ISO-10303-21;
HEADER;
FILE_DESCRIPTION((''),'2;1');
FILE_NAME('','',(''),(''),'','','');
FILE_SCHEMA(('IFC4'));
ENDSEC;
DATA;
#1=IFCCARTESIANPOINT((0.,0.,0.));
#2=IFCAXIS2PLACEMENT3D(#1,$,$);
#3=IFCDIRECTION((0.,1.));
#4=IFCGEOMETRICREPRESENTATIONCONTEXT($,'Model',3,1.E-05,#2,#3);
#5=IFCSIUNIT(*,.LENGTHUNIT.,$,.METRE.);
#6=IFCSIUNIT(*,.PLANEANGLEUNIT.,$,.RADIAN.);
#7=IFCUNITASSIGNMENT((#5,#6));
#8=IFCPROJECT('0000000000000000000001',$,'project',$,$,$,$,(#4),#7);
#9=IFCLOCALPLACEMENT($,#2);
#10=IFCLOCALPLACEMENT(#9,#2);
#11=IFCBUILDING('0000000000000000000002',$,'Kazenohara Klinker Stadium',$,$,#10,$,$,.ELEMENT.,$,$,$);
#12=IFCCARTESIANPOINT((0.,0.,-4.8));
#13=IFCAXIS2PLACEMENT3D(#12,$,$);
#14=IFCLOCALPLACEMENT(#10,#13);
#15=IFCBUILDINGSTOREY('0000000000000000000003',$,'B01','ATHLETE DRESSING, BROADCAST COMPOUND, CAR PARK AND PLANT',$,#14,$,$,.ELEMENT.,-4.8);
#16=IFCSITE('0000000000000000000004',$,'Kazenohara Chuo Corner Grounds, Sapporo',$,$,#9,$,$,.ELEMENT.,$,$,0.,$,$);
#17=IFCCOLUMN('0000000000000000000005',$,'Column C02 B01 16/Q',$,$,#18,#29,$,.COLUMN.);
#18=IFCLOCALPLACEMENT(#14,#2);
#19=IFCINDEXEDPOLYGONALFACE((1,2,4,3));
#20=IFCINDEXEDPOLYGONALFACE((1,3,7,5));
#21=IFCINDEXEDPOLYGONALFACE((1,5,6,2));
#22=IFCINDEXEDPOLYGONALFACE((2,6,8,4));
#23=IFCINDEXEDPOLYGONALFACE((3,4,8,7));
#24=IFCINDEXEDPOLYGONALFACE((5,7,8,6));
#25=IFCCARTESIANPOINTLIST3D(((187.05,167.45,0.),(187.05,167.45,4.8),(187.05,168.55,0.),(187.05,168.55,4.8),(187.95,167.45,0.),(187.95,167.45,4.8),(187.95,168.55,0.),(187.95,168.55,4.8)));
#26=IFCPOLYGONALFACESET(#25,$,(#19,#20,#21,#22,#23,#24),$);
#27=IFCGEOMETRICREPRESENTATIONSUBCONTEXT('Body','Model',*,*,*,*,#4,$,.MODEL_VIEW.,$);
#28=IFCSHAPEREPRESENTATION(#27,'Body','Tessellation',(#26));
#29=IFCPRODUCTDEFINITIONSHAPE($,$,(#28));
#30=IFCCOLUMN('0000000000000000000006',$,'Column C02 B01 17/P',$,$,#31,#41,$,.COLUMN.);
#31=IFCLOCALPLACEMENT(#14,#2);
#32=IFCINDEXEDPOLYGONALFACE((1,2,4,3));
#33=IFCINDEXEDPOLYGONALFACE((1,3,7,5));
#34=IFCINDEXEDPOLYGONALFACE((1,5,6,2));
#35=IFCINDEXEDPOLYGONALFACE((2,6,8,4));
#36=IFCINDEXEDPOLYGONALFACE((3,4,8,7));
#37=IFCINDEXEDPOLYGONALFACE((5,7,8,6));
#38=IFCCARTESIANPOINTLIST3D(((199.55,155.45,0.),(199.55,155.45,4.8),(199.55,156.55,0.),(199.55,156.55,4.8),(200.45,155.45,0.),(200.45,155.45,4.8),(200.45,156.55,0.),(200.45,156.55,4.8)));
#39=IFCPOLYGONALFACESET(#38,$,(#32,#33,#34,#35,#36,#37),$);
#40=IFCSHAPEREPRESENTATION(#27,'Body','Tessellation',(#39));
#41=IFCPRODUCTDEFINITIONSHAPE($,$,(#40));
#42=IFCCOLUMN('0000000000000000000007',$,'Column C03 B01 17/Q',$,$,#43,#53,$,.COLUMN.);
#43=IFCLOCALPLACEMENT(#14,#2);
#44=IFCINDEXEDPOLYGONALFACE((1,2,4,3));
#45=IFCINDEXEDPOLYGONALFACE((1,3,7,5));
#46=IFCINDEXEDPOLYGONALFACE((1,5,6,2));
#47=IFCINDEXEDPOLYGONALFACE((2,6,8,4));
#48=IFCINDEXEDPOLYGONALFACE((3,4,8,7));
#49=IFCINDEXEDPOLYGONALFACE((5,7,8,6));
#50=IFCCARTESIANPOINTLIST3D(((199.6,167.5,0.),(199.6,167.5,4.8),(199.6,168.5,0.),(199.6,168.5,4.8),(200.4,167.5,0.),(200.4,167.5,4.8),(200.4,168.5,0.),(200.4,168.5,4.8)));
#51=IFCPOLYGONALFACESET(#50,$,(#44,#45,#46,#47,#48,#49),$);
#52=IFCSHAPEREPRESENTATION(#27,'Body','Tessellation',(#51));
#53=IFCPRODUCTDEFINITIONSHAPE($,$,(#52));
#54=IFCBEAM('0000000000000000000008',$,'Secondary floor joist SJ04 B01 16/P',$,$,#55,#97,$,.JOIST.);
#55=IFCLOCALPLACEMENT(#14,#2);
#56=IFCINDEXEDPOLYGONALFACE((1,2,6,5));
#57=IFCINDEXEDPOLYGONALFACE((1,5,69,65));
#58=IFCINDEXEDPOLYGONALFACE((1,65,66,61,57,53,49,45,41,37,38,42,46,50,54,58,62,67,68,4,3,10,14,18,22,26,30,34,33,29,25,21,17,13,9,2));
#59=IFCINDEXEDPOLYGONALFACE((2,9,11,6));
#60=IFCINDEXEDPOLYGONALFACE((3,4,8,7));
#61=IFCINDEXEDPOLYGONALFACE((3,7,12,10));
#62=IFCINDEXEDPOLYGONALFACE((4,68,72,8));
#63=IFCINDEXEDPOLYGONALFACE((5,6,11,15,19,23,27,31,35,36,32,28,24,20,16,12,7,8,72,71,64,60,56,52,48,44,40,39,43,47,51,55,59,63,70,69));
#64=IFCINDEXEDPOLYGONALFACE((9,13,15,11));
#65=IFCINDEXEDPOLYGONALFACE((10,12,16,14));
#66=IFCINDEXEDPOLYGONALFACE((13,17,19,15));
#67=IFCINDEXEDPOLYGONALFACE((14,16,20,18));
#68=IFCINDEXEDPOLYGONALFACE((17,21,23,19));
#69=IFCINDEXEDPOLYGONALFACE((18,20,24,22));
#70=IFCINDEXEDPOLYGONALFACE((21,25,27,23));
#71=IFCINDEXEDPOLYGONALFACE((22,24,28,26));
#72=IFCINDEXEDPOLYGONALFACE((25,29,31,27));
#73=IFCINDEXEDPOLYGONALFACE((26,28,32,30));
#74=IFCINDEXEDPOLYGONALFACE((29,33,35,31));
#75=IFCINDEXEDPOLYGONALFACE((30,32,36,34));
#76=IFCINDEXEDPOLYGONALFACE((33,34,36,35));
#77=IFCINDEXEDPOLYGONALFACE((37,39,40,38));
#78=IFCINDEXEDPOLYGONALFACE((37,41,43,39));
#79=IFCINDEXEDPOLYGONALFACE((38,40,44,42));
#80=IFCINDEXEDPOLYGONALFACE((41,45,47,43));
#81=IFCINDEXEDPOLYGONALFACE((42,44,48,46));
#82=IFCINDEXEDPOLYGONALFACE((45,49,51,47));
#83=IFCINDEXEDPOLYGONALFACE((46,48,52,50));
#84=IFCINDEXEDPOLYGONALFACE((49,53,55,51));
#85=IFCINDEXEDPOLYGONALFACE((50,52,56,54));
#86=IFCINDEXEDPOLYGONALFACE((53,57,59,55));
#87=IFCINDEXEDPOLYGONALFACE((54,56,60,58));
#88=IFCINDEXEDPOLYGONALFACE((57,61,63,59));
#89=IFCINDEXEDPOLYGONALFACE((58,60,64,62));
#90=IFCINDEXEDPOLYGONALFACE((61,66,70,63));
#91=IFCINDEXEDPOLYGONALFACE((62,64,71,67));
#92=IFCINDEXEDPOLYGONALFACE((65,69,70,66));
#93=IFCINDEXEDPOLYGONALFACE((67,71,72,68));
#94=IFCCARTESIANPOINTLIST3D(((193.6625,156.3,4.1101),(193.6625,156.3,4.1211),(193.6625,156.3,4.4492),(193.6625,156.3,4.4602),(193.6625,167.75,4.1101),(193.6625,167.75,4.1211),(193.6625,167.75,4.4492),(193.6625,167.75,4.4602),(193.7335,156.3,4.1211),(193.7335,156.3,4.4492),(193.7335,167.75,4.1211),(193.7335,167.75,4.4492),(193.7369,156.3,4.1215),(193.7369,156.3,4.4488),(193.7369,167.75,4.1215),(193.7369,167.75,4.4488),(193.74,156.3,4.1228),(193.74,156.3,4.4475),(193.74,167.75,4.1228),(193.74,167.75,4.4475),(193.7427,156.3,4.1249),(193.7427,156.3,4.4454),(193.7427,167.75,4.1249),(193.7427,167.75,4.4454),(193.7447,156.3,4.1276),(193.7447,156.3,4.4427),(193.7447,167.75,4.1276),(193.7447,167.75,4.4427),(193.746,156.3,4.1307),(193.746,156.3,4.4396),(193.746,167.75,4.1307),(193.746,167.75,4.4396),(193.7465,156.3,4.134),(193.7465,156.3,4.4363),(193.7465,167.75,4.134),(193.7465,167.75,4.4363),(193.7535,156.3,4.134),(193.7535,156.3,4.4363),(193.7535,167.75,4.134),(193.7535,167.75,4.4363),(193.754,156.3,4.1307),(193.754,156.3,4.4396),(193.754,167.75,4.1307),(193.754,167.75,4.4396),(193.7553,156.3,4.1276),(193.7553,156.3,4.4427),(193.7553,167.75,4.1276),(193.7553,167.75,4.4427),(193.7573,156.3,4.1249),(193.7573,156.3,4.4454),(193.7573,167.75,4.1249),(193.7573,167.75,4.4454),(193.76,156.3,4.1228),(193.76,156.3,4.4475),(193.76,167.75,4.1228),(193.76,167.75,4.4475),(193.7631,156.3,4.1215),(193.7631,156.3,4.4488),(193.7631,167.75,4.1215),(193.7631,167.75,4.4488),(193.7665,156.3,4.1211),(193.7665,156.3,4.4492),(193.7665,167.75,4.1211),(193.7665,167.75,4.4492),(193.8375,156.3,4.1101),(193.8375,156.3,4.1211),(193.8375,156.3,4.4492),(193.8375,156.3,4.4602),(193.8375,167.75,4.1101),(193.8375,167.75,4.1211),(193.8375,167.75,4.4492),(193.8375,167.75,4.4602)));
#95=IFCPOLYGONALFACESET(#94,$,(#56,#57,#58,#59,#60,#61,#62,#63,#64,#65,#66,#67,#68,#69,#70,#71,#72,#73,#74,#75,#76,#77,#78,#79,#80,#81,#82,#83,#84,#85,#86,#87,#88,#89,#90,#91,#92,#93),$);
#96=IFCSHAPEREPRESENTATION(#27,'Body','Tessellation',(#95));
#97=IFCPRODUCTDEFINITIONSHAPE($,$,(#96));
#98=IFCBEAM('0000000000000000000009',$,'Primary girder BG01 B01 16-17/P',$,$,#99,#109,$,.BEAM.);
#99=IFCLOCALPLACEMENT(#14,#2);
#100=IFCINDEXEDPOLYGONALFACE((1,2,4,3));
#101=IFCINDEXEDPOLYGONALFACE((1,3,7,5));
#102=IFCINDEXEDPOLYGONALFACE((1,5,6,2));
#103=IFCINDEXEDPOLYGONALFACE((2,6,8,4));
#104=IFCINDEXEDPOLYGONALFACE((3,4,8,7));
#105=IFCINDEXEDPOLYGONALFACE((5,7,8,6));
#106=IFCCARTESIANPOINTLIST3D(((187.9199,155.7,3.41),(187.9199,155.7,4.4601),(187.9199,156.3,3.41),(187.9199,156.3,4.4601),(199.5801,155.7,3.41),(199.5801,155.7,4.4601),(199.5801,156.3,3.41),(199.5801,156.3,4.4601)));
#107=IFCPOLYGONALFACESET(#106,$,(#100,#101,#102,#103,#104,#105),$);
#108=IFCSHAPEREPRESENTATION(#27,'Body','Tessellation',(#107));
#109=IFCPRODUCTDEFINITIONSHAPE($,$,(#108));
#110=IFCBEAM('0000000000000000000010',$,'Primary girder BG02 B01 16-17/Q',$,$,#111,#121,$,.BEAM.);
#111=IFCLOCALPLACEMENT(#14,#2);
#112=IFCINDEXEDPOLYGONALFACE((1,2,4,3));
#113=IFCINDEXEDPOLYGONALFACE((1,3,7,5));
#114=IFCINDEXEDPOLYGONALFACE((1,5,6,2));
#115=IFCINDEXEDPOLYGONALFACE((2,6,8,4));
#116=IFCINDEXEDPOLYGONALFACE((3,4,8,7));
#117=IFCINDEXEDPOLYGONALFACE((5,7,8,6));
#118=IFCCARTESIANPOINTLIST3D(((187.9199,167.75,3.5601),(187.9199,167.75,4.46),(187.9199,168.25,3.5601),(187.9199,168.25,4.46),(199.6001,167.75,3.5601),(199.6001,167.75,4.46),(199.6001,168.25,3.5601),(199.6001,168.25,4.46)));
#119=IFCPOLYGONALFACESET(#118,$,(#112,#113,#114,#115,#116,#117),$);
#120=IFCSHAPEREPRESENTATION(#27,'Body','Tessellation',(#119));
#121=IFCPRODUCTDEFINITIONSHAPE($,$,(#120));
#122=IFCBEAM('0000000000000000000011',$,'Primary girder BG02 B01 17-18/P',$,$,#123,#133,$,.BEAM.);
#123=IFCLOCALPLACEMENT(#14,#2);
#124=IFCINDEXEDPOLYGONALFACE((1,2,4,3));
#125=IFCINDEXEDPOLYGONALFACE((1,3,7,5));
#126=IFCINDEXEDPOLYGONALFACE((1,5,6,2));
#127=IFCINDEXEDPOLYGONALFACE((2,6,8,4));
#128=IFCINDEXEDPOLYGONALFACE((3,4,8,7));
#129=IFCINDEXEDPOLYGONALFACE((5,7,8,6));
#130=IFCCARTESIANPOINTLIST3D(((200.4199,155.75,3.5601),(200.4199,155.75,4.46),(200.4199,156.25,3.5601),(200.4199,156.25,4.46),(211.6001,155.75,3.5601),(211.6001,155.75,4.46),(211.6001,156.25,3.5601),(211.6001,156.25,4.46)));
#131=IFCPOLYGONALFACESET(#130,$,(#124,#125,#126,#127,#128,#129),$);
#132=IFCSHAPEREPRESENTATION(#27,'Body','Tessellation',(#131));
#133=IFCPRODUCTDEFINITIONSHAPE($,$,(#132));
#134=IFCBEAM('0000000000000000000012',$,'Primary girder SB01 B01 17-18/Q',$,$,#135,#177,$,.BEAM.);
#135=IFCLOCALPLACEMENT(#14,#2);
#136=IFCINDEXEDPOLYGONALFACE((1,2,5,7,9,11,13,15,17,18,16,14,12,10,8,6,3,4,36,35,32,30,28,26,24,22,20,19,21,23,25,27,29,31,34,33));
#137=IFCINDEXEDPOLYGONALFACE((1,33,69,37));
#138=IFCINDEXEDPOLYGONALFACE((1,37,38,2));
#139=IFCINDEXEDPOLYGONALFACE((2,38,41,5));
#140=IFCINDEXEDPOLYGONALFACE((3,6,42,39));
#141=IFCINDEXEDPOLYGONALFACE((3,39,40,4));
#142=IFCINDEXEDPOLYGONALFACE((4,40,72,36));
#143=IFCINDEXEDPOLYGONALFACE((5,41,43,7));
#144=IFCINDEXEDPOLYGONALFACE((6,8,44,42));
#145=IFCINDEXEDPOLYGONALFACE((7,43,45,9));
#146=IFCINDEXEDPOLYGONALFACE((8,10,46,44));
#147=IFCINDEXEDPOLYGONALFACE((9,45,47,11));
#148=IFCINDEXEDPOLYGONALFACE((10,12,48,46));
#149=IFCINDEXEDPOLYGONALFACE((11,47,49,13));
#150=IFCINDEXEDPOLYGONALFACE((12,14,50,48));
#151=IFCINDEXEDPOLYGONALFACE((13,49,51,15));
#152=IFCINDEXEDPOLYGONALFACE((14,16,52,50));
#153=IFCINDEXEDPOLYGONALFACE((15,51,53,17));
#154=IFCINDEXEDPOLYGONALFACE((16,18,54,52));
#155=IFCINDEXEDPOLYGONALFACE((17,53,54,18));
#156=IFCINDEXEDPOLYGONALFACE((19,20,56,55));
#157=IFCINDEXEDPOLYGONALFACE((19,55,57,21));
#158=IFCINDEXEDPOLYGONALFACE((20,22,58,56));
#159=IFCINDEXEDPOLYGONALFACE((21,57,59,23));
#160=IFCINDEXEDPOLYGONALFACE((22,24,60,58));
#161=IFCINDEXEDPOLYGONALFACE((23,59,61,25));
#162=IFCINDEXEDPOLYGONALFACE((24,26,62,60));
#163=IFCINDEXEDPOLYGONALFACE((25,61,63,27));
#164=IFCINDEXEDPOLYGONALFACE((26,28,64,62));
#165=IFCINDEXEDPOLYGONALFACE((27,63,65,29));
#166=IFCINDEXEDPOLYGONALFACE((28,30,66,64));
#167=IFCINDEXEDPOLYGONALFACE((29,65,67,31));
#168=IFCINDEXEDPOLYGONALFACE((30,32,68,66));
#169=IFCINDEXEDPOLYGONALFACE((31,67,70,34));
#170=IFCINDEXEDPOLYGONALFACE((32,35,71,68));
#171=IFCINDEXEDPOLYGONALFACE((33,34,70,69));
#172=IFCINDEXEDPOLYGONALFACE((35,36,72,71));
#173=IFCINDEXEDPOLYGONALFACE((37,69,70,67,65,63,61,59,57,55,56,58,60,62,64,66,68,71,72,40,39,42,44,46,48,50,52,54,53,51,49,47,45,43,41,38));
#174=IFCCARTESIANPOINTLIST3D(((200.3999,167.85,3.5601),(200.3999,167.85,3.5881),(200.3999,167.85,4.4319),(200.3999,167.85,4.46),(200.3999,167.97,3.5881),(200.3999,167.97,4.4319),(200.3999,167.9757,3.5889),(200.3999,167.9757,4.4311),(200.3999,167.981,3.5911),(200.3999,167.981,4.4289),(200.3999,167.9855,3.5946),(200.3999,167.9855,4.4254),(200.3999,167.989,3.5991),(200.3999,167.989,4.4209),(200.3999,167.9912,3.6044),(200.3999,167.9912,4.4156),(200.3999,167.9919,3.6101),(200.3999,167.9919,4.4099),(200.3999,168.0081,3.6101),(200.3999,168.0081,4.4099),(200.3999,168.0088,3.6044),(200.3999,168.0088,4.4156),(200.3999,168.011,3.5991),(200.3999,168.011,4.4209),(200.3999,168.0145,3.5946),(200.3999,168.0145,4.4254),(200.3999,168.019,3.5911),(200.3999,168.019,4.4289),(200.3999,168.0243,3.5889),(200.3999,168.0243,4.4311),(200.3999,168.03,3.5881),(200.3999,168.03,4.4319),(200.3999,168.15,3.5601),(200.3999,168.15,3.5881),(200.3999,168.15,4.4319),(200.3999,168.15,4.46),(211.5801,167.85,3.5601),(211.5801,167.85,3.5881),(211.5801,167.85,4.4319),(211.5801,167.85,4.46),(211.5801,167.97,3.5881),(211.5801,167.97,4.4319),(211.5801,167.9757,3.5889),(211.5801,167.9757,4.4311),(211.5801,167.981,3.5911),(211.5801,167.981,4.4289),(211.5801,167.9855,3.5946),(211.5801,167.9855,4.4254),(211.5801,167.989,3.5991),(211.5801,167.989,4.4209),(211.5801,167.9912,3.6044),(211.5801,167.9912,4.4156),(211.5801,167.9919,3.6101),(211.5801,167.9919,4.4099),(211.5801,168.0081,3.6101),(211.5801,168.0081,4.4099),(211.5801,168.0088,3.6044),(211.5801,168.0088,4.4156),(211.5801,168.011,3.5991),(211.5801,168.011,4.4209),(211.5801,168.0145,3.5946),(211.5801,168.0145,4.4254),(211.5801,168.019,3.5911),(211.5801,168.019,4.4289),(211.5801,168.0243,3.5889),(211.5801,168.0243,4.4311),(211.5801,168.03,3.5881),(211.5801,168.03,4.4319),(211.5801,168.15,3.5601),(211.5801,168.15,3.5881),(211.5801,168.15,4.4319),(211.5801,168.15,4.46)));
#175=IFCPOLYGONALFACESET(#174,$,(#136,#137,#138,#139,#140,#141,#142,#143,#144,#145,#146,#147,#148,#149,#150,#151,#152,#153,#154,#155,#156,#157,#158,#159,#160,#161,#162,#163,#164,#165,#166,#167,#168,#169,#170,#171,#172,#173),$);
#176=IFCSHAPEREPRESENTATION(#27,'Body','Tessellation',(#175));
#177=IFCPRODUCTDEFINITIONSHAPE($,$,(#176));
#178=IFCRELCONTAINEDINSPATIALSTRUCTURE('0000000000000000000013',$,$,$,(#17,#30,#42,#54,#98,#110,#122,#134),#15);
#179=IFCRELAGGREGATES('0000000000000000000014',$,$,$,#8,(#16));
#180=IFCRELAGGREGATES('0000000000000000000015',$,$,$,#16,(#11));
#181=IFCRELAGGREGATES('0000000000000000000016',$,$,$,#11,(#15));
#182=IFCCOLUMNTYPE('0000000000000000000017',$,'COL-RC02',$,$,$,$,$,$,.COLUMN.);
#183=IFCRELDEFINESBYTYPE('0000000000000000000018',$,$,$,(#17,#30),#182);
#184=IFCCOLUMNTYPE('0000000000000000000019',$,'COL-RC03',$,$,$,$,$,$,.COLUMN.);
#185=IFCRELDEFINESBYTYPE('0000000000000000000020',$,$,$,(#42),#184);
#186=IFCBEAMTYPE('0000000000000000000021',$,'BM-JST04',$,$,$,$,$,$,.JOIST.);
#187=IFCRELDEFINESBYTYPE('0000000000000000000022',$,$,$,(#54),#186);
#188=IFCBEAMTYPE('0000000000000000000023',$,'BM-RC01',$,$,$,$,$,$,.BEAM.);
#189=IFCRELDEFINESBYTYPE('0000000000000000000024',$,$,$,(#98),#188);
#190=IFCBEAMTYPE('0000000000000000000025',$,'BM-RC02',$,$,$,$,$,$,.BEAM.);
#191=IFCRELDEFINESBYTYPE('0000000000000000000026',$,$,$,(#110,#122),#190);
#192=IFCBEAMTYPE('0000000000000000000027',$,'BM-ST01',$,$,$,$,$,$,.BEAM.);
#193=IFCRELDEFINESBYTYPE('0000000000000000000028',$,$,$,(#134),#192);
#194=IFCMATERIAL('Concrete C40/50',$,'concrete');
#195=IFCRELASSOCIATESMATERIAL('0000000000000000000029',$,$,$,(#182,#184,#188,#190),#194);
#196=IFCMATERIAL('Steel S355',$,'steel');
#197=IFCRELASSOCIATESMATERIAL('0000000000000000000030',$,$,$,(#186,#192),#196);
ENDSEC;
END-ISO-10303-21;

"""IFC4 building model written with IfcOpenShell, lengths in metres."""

from ifc_helpers import new_model, si_unit, direction, frame, origin, origin_2d, place, context, subcontext, project, spatial, rectangle, i_section, extrude, material, material_profile, profile_set, type_object, element, save


model = new_model("IFC4")

# Units and contexts
model_context = context("Model", 3, precision=1e-05, world=origin(), true_north=direction((0.0, 1.0)))
body_context = subcontext(model_context, "Body", "Model", "MODEL_VIEW")
ifc_project = project(units=[si_unit("LENGTHUNIT", "METRE"), si_unit("PLANEANGLEUNIT", "RADIAN")], contexts=[model_context])

# Site, building, storey
site_placement = place(None, origin())
site = spatial("IfcSite", under=ifc_project, at=site_placement, Name="Kazenohara Chuo Corner Grounds, Sapporo", CompositionType="ELEMENT", RefElevation=0.0)
building_placement = place(site_placement, origin())
building = spatial("IfcBuilding", under=site, at=building_placement, Name="Kazenohara Klinker Stadium", CompositionType="ELEMENT")
storey_placement = place(building_placement, frame((0.0, 0.0, -4.8)))
storey = spatial("IfcBuildingStorey", under=building, at=storey_placement, Name="B01", Description="ATHLETE DRESSING, BROADCAST COMPOUND, CAR PARK AND PLANT", CompositionType="ELEMENT", Elevation=-4.8)

# Columns
ifc_material_1 = material(Name="Concrete C40/50", Category="concrete")
ifc_material_profile_1 = material_profile(ifc_material_1, rectangle(XDim=0.8999, YDim=1.1001, at=origin_2d()), Name="RC-COL-1100x900")
ifc_profile_set_1 = profile_set([ifc_material_profile_1], Name="Concrete C40/50")
column_type_1 = type_object("IfcColumnType", Name="COL-RC02", PredefinedType="COLUMN", material=ifc_profile_set_1)
for number, where, z_axis, x_axis, name in (
    (1, (187.5, 168.0, 0.0), (0.0, 0.0, 1.0), (1.0, 0.0, 0.0), "Column C02 B01 16/Q"),
    (2, (200.0, 156.0, 0.0), (0.0, 0.0, 1.0), (1.0, 0.0, 0.0), "Column C02 B01 17/P"),
):
    element("IfcColumn", number, at=place(storey_placement, frame(where, z_axis=z_axis, x_axis=x_axis)), inside=storey, type_object=column_type_1, Name=name, PredefinedType="COLUMN", context=body_context, shape_type="SweptSolid", body=[
        extrude(rectangle(XDim=0.8999, YDim=1.1001, at=origin_2d()), origin(), (0.0, 0.0, 1.0), 4.8),
    ])
ifc_material_profile_2 = material_profile(ifc_material_1, rectangle(XDim=0.8, YDim=1.0, at=origin_2d()), Name="RC-COL-1000x800")
ifc_profile_set_2 = profile_set([ifc_material_profile_2], Name="Concrete C40/50")
column_type_2 = type_object("IfcColumnType", Name="COL-RC03", PredefinedType="COLUMN", material=ifc_profile_set_2)
column_1_placement = place(storey_placement, frame((200.0, 168.0, 0.0), z_axis=(0.0, 0.0, 1.0), x_axis=(1.0, 0.0, 0.0)))
element("IfcColumn", 3, at=column_1_placement, inside=storey, type_object=column_type_2, Name="Column C03 B01 17/Q", PredefinedType="COLUMN", context=body_context, shape_type="SweptSolid", body=[
    extrude(rectangle(XDim=0.8, YDim=1.0, at=origin_2d()), origin(), (0.0, 0.0, 1.0), 4.8),
])

# Beams
ifc_material_2 = material(Name="Steel S355", Category="steel")
ifc_material_profile_3 = material_profile(ifc_material_2, i_section(OverallWidth=0.175, OverallDepth=0.3501, WebThickness=0.0071, FlangeThickness=0.011, FilletRadius=0.0129, at=origin_2d()), Name="H-350x175x7x11")
ifc_profile_set_3 = profile_set([ifc_material_profile_3], Name="Steel S355")
beam_type_1 = type_object("IfcBeamType", Name="BM-JST04", PredefinedType="JOIST", material=ifc_profile_set_3)
beam_1_placement = place(storey_placement, frame((193.75, 156.3, 4.2852), z_axis=(0.0, 1.0, 0.0), x_axis=(-1.0, 0.0, 0.0)))
element("IfcBeam", 4, at=beam_1_placement, inside=storey, type_object=beam_type_1, Name="Secondary floor joist SJ04 B01 16/P", PredefinedType="JOIST", context=body_context, shape_type="SweptSolid", body=[
    extrude(i_section(OverallWidth=0.175, OverallDepth=0.3501, WebThickness=0.0071, FlangeThickness=0.011, FilletRadius=0.0129, at=origin_2d()), origin(), (0.0, 0.0, 1.0), 11.45),
])
ifc_material_profile_4 = material_profile(ifc_material_1, rectangle(XDim=0.6001, YDim=1.05, at=origin_2d()), Name="RC-BM-600x1050")
ifc_profile_set_4 = profile_set([ifc_material_profile_4], Name="Concrete C40/50")
beam_type_2 = type_object("IfcBeamType", Name="BM-RC01", PredefinedType="BEAM", material=ifc_profile_set_4)
beam_2_placement = place(storey_placement, frame((187.9199, 156.0, 3.9351), z_axis=(1.0, 0.0, 0.0), x_axis=(0.0, 1.0, 0.0)))
element("IfcBeam", 5, at=beam_2_placement, inside=storey, type_object=beam_type_2, Name="Primary girder BG01 B01 16-17/P", PredefinedType="BEAM", context=body_context, shape_type="SweptSolid", body=[
    extrude(rectangle(XDim=0.6001, YDim=1.05, at=origin_2d()), origin(), (0.0, 0.0, 1.0), 11.6602),
])
ifc_material_profile_5 = material_profile(ifc_material_1, rectangle(XDim=0.5, YDim=0.8999, at=origin_2d()), Name="RC-BM-500x900")
ifc_profile_set_5 = profile_set([ifc_material_profile_5], Name="Concrete C40/50")
beam_type_3 = type_object("IfcBeamType", Name="BM-RC02", PredefinedType="BEAM", material=ifc_profile_set_5)
beam_3_placement = place(storey_placement, frame((187.9199, 168.0, 4.01), z_axis=(1.0, 0.0, 0.0), x_axis=(0.0, 1.0, 0.0)))
element("IfcBeam", 6, at=beam_3_placement, inside=storey, type_object=beam_type_3, Name="Primary girder BG02 B01 16-17/Q", PredefinedType="BEAM", context=body_context, shape_type="SweptSolid", body=[
    extrude(rectangle(XDim=0.5, YDim=0.8999, at=origin_2d()), origin(), (0.0, 0.0, 1.0), 11.6802),
])
beam_4_placement = place(storey_placement, frame((200.4199, 156.0, 4.01), z_axis=(1.0, 0.0, 0.0), x_axis=(0.0, 1.0, 0.0)))
element("IfcBeam", 7, at=beam_4_placement, inside=storey, type_object=beam_type_3, Name="Primary girder BG02 B01 17-18/P", PredefinedType="BEAM", context=body_context, shape_type="SweptSolid", body=[
    extrude(rectangle(XDim=0.5, YDim=0.8999, at=origin_2d()), origin(), (0.0, 0.0, 1.0), 11.1802),
])
ifc_material_profile_6 = material_profile(ifc_material_2, i_section(OverallWidth=0.3, OverallDepth=0.8999, WebThickness=0.0161, FlangeThickness=0.0281, FilletRadius=0.022, at=origin_2d()), Name="H-900x300x16x28")
ifc_profile_set_6 = profile_set([ifc_material_profile_6], Name="Steel S355")
beam_type_4 = type_object("IfcBeamType", Name="BM-ST01", PredefinedType="BEAM", material=ifc_profile_set_6)
beam_5_placement = place(storey_placement, frame((200.3999, 168.0, 4.01), z_axis=(1.0, 0.0, 0.0), x_axis=(0.0, 1.0, 0.0)))
element("IfcBeam", 8, at=beam_5_placement, inside=storey, type_object=beam_type_4, Name="Primary girder SB01 B01 17-18/Q", PredefinedType="BEAM", context=body_context, shape_type="SweptSolid", body=[
    extrude(i_section(OverallWidth=0.3, OverallDepth=0.8999, WebThickness=0.0161, FlangeThickness=0.0281, FilletRadius=0.022, at=origin_2d()), origin(), (0.0, 0.0, 1.0), 11.1802),
])

save(model, "model.ifc")
